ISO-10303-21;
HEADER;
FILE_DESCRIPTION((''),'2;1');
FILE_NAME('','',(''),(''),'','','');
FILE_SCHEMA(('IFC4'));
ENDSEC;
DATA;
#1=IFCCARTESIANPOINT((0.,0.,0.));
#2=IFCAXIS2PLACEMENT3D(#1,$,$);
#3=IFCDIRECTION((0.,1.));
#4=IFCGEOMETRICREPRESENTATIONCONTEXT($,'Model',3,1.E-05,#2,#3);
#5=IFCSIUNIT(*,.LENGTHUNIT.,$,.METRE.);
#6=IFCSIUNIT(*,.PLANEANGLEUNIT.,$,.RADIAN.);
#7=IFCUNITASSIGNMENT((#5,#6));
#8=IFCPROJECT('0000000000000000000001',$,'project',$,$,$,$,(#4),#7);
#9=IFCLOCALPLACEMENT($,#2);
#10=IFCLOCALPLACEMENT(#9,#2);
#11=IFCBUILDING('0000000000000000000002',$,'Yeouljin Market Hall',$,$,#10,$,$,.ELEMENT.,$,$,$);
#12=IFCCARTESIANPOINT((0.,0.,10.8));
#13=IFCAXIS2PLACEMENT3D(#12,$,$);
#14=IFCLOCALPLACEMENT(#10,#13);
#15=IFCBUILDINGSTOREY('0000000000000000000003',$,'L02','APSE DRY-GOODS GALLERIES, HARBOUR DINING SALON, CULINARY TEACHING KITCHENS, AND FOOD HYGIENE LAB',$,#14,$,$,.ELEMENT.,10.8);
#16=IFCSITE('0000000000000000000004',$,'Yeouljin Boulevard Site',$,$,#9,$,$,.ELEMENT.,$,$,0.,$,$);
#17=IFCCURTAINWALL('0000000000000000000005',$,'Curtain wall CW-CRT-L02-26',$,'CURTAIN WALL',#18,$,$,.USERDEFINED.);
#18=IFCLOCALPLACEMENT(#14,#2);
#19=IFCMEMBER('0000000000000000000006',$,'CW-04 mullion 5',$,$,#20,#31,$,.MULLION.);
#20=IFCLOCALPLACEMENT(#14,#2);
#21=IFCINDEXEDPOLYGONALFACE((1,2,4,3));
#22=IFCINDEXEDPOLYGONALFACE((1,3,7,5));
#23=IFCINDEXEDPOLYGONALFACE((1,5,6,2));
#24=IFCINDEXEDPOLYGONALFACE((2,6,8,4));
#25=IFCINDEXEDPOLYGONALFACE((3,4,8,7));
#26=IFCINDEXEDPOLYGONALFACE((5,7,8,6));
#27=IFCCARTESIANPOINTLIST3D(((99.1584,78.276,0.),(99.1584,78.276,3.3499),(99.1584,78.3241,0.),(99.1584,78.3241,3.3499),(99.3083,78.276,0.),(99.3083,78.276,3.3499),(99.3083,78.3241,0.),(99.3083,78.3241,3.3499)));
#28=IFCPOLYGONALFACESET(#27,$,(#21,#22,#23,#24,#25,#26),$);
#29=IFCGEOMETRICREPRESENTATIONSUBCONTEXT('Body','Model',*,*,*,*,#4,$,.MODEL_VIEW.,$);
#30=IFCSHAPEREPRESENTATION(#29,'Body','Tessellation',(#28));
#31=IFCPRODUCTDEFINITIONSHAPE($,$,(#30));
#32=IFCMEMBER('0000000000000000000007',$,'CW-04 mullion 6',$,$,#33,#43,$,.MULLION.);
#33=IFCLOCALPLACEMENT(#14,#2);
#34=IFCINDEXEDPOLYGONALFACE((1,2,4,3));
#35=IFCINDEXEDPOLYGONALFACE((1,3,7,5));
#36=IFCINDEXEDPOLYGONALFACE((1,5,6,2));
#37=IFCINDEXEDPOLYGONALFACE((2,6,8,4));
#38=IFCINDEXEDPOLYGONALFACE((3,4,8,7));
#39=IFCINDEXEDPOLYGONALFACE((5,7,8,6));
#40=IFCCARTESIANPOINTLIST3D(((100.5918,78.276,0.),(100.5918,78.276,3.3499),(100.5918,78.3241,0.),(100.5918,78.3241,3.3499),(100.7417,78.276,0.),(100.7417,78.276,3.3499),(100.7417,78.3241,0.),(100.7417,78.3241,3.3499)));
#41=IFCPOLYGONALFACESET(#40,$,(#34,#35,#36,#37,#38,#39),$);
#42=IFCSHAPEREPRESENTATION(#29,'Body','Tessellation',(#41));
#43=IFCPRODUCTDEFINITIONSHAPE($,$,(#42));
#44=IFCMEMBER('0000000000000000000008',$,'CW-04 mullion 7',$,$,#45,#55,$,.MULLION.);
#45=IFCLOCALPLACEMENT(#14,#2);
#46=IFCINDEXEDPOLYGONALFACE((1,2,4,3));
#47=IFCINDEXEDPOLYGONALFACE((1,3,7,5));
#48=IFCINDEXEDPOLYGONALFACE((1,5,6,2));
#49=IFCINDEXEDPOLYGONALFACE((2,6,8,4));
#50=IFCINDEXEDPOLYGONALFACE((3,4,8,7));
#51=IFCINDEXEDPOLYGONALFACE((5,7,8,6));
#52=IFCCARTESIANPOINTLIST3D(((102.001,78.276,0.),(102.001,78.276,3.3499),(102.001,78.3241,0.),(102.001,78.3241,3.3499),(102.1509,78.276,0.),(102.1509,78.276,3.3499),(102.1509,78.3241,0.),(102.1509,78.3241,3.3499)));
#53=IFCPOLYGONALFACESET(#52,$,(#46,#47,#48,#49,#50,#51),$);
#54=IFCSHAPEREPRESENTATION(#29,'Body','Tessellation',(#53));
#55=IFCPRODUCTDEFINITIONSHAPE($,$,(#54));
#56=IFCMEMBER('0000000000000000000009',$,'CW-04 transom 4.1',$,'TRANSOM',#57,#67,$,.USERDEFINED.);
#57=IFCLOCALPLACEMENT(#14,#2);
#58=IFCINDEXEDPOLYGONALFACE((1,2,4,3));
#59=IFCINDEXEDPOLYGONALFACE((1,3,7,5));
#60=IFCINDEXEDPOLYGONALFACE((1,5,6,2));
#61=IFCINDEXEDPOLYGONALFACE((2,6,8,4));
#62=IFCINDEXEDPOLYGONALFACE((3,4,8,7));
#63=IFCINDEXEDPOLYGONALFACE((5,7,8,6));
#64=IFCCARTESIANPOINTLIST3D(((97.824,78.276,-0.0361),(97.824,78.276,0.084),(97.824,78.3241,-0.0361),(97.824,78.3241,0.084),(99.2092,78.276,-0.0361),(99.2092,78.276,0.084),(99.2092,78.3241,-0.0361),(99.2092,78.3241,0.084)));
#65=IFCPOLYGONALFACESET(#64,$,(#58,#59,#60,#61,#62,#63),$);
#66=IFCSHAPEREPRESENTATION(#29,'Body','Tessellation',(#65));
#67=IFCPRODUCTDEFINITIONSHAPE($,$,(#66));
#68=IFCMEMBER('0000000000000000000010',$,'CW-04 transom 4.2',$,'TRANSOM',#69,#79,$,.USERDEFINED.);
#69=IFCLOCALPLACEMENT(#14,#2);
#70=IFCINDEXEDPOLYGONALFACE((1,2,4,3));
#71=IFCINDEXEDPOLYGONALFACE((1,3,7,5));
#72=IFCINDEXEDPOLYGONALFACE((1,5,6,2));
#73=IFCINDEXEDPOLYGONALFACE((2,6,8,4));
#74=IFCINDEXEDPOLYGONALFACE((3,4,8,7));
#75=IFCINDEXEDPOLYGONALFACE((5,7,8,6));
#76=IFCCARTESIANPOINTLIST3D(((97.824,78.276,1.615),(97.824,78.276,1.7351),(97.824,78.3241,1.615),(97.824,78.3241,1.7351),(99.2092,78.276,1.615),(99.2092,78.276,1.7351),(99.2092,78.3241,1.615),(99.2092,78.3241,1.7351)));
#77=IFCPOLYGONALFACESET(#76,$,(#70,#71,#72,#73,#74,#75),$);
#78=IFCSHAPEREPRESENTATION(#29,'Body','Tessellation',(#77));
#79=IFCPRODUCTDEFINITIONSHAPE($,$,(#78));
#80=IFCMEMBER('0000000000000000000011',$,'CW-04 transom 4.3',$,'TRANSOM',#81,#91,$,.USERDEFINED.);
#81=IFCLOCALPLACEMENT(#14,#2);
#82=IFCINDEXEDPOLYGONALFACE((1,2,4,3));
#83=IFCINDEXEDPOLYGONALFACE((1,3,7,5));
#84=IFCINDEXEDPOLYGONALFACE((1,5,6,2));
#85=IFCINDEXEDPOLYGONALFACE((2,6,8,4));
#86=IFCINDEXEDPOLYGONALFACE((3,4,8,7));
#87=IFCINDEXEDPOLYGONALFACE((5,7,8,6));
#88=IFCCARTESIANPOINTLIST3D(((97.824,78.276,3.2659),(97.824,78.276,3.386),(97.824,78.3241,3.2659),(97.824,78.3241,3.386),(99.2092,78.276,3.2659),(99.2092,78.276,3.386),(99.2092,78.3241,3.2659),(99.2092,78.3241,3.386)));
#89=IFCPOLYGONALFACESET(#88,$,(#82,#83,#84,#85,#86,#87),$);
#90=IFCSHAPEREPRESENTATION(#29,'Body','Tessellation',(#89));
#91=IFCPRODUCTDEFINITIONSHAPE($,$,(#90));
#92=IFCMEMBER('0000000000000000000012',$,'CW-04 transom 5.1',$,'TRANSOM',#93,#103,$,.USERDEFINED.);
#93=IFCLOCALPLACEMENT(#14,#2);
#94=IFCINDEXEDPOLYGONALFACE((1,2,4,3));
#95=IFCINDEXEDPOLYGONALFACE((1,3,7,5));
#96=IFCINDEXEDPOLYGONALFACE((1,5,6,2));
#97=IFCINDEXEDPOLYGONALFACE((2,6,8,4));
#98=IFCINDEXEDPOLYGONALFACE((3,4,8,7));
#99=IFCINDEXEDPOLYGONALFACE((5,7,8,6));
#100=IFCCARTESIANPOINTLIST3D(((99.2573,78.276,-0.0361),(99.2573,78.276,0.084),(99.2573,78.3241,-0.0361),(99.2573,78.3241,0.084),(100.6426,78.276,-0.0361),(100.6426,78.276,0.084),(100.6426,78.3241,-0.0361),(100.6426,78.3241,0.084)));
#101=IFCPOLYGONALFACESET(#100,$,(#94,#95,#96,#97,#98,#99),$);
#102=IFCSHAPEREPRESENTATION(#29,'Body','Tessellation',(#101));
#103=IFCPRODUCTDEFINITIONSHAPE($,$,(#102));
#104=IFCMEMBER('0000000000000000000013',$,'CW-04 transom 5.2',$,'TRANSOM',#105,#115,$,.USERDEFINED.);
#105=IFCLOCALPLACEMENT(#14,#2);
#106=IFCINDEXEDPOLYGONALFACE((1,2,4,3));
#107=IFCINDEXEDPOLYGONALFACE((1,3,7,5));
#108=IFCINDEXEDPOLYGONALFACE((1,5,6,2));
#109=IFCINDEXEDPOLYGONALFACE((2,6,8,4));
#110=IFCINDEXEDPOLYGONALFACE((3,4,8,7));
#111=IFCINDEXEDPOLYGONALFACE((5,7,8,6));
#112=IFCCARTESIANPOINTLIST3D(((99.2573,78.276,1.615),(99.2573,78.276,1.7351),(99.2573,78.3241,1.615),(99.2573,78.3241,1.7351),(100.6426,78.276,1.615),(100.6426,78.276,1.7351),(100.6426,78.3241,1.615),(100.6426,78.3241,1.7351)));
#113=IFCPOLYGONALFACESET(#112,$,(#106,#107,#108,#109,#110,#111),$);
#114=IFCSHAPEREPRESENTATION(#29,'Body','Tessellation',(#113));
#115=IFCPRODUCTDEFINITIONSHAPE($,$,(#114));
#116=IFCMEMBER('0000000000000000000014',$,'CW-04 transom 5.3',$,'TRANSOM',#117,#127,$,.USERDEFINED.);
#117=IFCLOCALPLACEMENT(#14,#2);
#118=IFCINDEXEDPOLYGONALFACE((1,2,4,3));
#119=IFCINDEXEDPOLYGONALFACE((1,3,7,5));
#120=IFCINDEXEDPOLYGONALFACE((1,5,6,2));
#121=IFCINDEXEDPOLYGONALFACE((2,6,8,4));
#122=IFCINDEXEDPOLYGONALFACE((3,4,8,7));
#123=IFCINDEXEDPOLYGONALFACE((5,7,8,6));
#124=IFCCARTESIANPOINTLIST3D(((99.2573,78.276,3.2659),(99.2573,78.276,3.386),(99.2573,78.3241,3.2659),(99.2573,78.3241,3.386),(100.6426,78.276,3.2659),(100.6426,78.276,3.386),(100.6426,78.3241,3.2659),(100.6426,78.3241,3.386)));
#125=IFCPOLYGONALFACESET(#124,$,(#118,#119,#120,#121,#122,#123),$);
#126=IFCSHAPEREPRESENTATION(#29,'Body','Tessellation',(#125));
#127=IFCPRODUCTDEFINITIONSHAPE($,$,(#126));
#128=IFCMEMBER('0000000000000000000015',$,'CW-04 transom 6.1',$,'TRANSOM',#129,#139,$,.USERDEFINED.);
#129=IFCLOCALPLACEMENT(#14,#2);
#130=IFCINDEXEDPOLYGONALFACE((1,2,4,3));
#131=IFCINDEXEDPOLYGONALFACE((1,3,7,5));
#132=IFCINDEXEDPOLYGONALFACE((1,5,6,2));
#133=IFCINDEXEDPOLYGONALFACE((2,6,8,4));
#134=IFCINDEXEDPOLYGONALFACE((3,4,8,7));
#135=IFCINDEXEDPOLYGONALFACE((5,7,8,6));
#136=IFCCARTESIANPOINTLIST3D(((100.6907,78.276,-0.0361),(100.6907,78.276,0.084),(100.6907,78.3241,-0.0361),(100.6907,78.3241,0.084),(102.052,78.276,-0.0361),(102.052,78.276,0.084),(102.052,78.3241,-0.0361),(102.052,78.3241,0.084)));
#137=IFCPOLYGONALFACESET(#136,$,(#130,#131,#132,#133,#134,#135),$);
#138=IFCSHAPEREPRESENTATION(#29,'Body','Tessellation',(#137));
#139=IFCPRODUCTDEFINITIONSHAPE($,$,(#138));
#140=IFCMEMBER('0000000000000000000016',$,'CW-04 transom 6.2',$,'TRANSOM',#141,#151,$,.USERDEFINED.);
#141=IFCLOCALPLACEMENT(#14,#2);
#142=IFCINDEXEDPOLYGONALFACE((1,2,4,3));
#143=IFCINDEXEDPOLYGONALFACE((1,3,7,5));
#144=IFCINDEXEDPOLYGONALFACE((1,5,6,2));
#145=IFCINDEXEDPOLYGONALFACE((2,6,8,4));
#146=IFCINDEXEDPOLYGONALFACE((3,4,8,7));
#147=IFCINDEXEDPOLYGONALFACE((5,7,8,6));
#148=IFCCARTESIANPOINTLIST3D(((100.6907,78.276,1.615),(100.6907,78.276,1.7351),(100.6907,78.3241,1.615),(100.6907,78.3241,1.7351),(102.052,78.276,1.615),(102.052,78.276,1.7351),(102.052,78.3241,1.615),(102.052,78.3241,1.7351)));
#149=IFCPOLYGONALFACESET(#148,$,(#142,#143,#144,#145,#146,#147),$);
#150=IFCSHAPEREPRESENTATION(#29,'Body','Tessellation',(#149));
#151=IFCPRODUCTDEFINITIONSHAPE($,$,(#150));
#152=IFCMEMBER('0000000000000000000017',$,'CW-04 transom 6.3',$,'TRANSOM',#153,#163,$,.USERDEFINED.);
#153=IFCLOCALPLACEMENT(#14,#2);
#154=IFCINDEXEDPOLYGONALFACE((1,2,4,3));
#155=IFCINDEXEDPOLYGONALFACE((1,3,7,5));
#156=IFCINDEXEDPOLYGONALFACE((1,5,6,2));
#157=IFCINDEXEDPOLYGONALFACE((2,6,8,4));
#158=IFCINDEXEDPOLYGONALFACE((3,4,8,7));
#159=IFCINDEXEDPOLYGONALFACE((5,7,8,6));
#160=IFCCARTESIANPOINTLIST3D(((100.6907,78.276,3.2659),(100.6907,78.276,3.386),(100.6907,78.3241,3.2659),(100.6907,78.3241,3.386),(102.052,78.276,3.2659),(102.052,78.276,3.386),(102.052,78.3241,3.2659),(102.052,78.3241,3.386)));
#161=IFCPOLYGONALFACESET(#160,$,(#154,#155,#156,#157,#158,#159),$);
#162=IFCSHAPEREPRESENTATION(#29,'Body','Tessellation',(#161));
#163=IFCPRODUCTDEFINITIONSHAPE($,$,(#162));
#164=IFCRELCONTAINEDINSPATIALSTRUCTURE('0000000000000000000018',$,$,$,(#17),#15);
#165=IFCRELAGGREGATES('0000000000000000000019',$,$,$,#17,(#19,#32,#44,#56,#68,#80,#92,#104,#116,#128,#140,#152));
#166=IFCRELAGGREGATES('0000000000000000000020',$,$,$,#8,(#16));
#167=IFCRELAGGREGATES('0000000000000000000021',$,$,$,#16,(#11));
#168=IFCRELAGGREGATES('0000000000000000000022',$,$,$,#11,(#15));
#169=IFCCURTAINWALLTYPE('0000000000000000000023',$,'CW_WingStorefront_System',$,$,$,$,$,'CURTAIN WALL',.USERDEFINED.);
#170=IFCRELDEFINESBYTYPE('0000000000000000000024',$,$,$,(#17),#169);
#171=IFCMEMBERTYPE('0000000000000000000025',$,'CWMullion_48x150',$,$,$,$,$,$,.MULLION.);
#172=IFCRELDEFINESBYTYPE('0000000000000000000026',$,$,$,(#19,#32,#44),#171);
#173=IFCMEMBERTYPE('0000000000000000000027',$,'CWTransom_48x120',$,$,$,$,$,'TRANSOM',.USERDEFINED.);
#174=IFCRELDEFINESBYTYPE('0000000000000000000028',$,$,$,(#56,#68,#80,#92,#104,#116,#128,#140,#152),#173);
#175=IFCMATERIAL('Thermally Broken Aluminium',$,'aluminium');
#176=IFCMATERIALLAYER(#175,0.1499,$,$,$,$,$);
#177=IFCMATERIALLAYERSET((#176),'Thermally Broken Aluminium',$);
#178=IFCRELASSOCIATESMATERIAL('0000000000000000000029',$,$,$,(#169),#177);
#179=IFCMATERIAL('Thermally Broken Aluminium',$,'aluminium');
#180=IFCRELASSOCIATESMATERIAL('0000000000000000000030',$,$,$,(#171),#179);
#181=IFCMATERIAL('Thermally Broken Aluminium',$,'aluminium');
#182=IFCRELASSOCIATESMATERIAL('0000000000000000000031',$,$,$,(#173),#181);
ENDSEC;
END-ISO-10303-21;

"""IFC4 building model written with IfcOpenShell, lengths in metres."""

from ifc_helpers import new_model, si_unit, direction, frame, origin, origin_2d, place, context, subcontext, project, spatial, rectangle, extrude, material, layer, layer_set, material_profile, profile_set, type_object, element, aggregate, save


model = new_model("IFC4")

# Units and contexts
model_context = context("Model", 3, precision=1e-05, world=origin(), true_north=direction((0.0, 1.0)))
body_context = subcontext(model_context, "Body", "Model", "MODEL_VIEW")
ifc_project = project(units=[si_unit("LENGTHUNIT", "METRE"), si_unit("PLANEANGLEUNIT", "RADIAN")], contexts=[model_context])

# Site, building, storey
site_placement = place(None, origin())
site = spatial("IfcSite", under=ifc_project, at=site_placement, Name="Yeouljin Boulevard Site", CompositionType="ELEMENT", RefElevation=0.0)
building_placement = place(site_placement, origin())
building = spatial("IfcBuilding", under=site, at=building_placement, Name="Yeouljin Market Hall", CompositionType="ELEMENT")
storey_placement = place(building_placement, frame((0.0, 0.0, 10.8)))
storey = spatial("IfcBuildingStorey", under=building, at=storey_placement, Name="L02", Description="APSE DRY-GOODS GALLERIES, HARBOUR DINING SALON, CULINARY TEACHING KITCHENS, AND FOOD HYGIENE LAB", CompositionType="ELEMENT", Elevation=10.8)

# Curtain wall, members
ifc_material_1 = material(Name="Thermally Broken Aluminium", Category="aluminium")
ifc_layer_1 = layer(ifc_material_1, 0.1499)
ifc_layer_set_1 = layer_set([ifc_layer_1], Name="Thermally Broken Aluminium")
curtain_wall_type = type_object("IfcCurtainWallType", Name="CW_WingStorefront_System", ElementType="CURTAIN WALL", PredefinedType="USERDEFINED", material=ifc_layer_set_1)
curtain_wall_placement = place(storey_placement, origin())
curtain_wall = element("IfcCurtainWall", 1, at=curtain_wall_placement, inside=storey, type_object=curtain_wall_type, Name="Curtain wall CW-CRT-L02-26", ObjectType="CURTAIN WALL", PredefinedType="USERDEFINED")
ifc_material_2 = material(Name="Thermally Broken Aluminium", Category="aluminium")
ifc_material_profile_1 = material_profile(ifc_material_2, rectangle(XDim=0.0481, YDim=0.1499, at=origin_2d()), Name="CW-MULL-48x150")
ifc_profile_set_1 = profile_set([ifc_material_profile_1], Name="Thermally Broken Aluminium")
member_type_1 = type_object("IfcMemberType", Name="CWMullion_48x150", PredefinedType="MULLION", material=ifc_profile_set_1)
member_1_placement = place(storey_placement, frame((99.2334, 78.3, 0.0), z_axis=(0.0, 0.0, 1.0), x_axis=(0.0, 1.0, 0.0)))
member_1 = element("IfcMember", 2, at=member_1_placement, type_object=member_type_1, Name="CW-04 mullion 5", PredefinedType="MULLION", context=body_context, shape_type="SweptSolid", body=[
    extrude(rectangle(XDim=0.0481, YDim=0.1499, at=origin_2d()), origin(), (0.0, 0.0, 1.0), 3.3499),
])
member_2_placement = place(storey_placement, frame((100.6667, 78.3, 0.0), z_axis=(0.0, 0.0, 1.0), x_axis=(0.0, 1.0, 0.0)))
member_2 = element("IfcMember", 3, at=member_2_placement, type_object=member_type_1, Name="CW-04 mullion 6", PredefinedType="MULLION", context=body_context, shape_type="SweptSolid", body=[
    extrude(rectangle(XDim=0.0481, YDim=0.1499, at=origin_2d()), origin(), (0.0, 0.0, 1.0), 3.3499),
])
member_3_placement = place(storey_placement, frame((102.0759, 78.3, 0.0), z_axis=(0.0, 0.0, 1.0), x_axis=(0.0, 1.0, 0.0)))
member_3 = element("IfcMember", 4, at=member_3_placement, type_object=member_type_1, Name="CW-04 mullion 7", PredefinedType="MULLION", context=body_context, shape_type="SweptSolid", body=[
    extrude(rectangle(XDim=0.0481, YDim=0.1499, at=origin_2d()), origin(), (0.0, 0.0, 1.0), 3.3499),
])
ifc_material_3 = material(Name="Thermally Broken Aluminium", Category="aluminium")
ifc_material_profile_2 = material_profile(ifc_material_3, rectangle(XDim=0.0481, YDim=0.1201, at=origin_2d()), Name="CW-TRAN-48x120")
ifc_profile_set_2 = profile_set([ifc_material_profile_2], Name="Thermally Broken Aluminium")
member_type_2 = type_object("IfcMemberType", Name="CWTransom_48x120", ElementType="TRANSOM", PredefinedType="USERDEFINED", material=ifc_profile_set_2)
member_4_placement = place(storey_placement, frame((97.824, 78.3, 0.0239), z_axis=(1.0, 0.0, 0.0), x_axis=(0.0, 1.0, 0.0)))
member_4 = element("IfcMember", 5, at=member_4_placement, type_object=member_type_2, Name="CW-04 transom 4.1", ObjectType="TRANSOM", PredefinedType="USERDEFINED", context=body_context, shape_type="SweptSolid", body=[
    extrude(rectangle(XDim=0.0481, YDim=0.1201, at=origin_2d()), origin(), (0.0, 0.0, 1.0), 1.3853),
])
member_5_placement = place(storey_placement, frame((97.824, 78.3, 1.675), z_axis=(1.0, 0.0, 0.0), x_axis=(0.0, 1.0, 0.0)))
member_5 = element("IfcMember", 6, at=member_5_placement, type_object=member_type_2, Name="CW-04 transom 4.2", ObjectType="TRANSOM", PredefinedType="USERDEFINED", context=body_context, shape_type="SweptSolid", body=[
    extrude(rectangle(XDim=0.0481, YDim=0.1201, at=origin_2d()), origin(), (0.0, 0.0, 1.0), 1.3853),
])
member_6_placement = place(storey_placement, frame((97.824, 78.3, 3.3259), z_axis=(1.0, 0.0, 0.0), x_axis=(0.0, 1.0, 0.0)))
member_6 = element("IfcMember", 7, at=member_6_placement, type_object=member_type_2, Name="CW-04 transom 4.3", ObjectType="TRANSOM", PredefinedType="USERDEFINED", context=body_context, shape_type="SweptSolid", body=[
    extrude(rectangle(XDim=0.0481, YDim=0.1201, at=origin_2d()), origin(), (0.0, 0.0, 1.0), 1.3853),
])
member_7_placement = place(storey_placement, frame((99.2573, 78.3, 0.0239), z_axis=(1.0, 0.0, 0.0), x_axis=(0.0, 1.0, 0.0)))
member_7 = element("IfcMember", 8, at=member_7_placement, type_object=member_type_2, Name="CW-04 transom 5.1", ObjectType="TRANSOM", PredefinedType="USERDEFINED", context=body_context, shape_type="SweptSolid", body=[
    extrude(rectangle(XDim=0.0481, YDim=0.1201, at=origin_2d()), origin(), (0.0, 0.0, 1.0), 1.3853),
])
member_8_placement = place(storey_placement, frame((99.2573, 78.3, 1.675), z_axis=(1.0, 0.0, 0.0), x_axis=(0.0, 1.0, 0.0)))
member_8 = element("IfcMember", 9, at=member_8_placement, type_object=member_type_2, Name="CW-04 transom 5.2", ObjectType="TRANSOM", PredefinedType="USERDEFINED", context=body_context, shape_type="SweptSolid", body=[
    extrude(rectangle(XDim=0.0481, YDim=0.1201, at=origin_2d()), origin(), (0.0, 0.0, 1.0), 1.3853),
])
member_9_placement = place(storey_placement, frame((99.2573, 78.3, 3.3259), z_axis=(1.0, 0.0, 0.0), x_axis=(0.0, 1.0, 0.0)))
member_9 = element("IfcMember", 10, at=member_9_placement, type_object=member_type_2, Name="CW-04 transom 5.3", ObjectType="TRANSOM", PredefinedType="USERDEFINED", context=body_context, shape_type="SweptSolid", body=[
    extrude(rectangle(XDim=0.0481, YDim=0.1201, at=origin_2d()), origin(), (0.0, 0.0, 1.0), 1.3853),
])
member_10_placement = place(storey_placement, frame((100.6907, 78.3, 0.0239), z_axis=(1.0, 0.0, 0.0), x_axis=(0.0, 1.0, 0.0)))
member_10 = element("IfcMember", 11, at=member_10_placement, type_object=member_type_2, Name="CW-04 transom 6.1", ObjectType="TRANSOM", PredefinedType="USERDEFINED", context=body_context, shape_type="SweptSolid", body=[
    extrude(rectangle(XDim=0.0481, YDim=0.1201, at=origin_2d()), origin(), (0.0, 0.0, 1.0), 1.3613),
])
member_11_placement = place(storey_placement, frame((100.6907, 78.3, 1.675), z_axis=(1.0, 0.0, 0.0), x_axis=(0.0, 1.0, 0.0)))
member_11 = element("IfcMember", 12, at=member_11_placement, type_object=member_type_2, Name="CW-04 transom 6.2", ObjectType="TRANSOM", PredefinedType="USERDEFINED", context=body_context, shape_type="SweptSolid", body=[
    extrude(rectangle(XDim=0.0481, YDim=0.1201, at=origin_2d()), origin(), (0.0, 0.0, 1.0), 1.3613),
])
member_12_placement = place(storey_placement, frame((100.6907, 78.3, 3.3259), z_axis=(1.0, 0.0, 0.0), x_axis=(0.0, 1.0, 0.0)))
member_12 = element("IfcMember", 13, at=member_12_placement, type_object=member_type_2, Name="CW-04 transom 6.3", ObjectType="TRANSOM", PredefinedType="USERDEFINED", context=body_context, shape_type="SweptSolid", body=[
    extrude(rectangle(XDim=0.0481, YDim=0.1201, at=origin_2d()), origin(), (0.0, 0.0, 1.0), 1.3613),
])

aggregate(curtain_wall, [member_1, member_2, member_3, member_4, member_5, member_6, member_7, member_8, member_9, member_10, member_11, member_12])

save(model, "model.ifc")
